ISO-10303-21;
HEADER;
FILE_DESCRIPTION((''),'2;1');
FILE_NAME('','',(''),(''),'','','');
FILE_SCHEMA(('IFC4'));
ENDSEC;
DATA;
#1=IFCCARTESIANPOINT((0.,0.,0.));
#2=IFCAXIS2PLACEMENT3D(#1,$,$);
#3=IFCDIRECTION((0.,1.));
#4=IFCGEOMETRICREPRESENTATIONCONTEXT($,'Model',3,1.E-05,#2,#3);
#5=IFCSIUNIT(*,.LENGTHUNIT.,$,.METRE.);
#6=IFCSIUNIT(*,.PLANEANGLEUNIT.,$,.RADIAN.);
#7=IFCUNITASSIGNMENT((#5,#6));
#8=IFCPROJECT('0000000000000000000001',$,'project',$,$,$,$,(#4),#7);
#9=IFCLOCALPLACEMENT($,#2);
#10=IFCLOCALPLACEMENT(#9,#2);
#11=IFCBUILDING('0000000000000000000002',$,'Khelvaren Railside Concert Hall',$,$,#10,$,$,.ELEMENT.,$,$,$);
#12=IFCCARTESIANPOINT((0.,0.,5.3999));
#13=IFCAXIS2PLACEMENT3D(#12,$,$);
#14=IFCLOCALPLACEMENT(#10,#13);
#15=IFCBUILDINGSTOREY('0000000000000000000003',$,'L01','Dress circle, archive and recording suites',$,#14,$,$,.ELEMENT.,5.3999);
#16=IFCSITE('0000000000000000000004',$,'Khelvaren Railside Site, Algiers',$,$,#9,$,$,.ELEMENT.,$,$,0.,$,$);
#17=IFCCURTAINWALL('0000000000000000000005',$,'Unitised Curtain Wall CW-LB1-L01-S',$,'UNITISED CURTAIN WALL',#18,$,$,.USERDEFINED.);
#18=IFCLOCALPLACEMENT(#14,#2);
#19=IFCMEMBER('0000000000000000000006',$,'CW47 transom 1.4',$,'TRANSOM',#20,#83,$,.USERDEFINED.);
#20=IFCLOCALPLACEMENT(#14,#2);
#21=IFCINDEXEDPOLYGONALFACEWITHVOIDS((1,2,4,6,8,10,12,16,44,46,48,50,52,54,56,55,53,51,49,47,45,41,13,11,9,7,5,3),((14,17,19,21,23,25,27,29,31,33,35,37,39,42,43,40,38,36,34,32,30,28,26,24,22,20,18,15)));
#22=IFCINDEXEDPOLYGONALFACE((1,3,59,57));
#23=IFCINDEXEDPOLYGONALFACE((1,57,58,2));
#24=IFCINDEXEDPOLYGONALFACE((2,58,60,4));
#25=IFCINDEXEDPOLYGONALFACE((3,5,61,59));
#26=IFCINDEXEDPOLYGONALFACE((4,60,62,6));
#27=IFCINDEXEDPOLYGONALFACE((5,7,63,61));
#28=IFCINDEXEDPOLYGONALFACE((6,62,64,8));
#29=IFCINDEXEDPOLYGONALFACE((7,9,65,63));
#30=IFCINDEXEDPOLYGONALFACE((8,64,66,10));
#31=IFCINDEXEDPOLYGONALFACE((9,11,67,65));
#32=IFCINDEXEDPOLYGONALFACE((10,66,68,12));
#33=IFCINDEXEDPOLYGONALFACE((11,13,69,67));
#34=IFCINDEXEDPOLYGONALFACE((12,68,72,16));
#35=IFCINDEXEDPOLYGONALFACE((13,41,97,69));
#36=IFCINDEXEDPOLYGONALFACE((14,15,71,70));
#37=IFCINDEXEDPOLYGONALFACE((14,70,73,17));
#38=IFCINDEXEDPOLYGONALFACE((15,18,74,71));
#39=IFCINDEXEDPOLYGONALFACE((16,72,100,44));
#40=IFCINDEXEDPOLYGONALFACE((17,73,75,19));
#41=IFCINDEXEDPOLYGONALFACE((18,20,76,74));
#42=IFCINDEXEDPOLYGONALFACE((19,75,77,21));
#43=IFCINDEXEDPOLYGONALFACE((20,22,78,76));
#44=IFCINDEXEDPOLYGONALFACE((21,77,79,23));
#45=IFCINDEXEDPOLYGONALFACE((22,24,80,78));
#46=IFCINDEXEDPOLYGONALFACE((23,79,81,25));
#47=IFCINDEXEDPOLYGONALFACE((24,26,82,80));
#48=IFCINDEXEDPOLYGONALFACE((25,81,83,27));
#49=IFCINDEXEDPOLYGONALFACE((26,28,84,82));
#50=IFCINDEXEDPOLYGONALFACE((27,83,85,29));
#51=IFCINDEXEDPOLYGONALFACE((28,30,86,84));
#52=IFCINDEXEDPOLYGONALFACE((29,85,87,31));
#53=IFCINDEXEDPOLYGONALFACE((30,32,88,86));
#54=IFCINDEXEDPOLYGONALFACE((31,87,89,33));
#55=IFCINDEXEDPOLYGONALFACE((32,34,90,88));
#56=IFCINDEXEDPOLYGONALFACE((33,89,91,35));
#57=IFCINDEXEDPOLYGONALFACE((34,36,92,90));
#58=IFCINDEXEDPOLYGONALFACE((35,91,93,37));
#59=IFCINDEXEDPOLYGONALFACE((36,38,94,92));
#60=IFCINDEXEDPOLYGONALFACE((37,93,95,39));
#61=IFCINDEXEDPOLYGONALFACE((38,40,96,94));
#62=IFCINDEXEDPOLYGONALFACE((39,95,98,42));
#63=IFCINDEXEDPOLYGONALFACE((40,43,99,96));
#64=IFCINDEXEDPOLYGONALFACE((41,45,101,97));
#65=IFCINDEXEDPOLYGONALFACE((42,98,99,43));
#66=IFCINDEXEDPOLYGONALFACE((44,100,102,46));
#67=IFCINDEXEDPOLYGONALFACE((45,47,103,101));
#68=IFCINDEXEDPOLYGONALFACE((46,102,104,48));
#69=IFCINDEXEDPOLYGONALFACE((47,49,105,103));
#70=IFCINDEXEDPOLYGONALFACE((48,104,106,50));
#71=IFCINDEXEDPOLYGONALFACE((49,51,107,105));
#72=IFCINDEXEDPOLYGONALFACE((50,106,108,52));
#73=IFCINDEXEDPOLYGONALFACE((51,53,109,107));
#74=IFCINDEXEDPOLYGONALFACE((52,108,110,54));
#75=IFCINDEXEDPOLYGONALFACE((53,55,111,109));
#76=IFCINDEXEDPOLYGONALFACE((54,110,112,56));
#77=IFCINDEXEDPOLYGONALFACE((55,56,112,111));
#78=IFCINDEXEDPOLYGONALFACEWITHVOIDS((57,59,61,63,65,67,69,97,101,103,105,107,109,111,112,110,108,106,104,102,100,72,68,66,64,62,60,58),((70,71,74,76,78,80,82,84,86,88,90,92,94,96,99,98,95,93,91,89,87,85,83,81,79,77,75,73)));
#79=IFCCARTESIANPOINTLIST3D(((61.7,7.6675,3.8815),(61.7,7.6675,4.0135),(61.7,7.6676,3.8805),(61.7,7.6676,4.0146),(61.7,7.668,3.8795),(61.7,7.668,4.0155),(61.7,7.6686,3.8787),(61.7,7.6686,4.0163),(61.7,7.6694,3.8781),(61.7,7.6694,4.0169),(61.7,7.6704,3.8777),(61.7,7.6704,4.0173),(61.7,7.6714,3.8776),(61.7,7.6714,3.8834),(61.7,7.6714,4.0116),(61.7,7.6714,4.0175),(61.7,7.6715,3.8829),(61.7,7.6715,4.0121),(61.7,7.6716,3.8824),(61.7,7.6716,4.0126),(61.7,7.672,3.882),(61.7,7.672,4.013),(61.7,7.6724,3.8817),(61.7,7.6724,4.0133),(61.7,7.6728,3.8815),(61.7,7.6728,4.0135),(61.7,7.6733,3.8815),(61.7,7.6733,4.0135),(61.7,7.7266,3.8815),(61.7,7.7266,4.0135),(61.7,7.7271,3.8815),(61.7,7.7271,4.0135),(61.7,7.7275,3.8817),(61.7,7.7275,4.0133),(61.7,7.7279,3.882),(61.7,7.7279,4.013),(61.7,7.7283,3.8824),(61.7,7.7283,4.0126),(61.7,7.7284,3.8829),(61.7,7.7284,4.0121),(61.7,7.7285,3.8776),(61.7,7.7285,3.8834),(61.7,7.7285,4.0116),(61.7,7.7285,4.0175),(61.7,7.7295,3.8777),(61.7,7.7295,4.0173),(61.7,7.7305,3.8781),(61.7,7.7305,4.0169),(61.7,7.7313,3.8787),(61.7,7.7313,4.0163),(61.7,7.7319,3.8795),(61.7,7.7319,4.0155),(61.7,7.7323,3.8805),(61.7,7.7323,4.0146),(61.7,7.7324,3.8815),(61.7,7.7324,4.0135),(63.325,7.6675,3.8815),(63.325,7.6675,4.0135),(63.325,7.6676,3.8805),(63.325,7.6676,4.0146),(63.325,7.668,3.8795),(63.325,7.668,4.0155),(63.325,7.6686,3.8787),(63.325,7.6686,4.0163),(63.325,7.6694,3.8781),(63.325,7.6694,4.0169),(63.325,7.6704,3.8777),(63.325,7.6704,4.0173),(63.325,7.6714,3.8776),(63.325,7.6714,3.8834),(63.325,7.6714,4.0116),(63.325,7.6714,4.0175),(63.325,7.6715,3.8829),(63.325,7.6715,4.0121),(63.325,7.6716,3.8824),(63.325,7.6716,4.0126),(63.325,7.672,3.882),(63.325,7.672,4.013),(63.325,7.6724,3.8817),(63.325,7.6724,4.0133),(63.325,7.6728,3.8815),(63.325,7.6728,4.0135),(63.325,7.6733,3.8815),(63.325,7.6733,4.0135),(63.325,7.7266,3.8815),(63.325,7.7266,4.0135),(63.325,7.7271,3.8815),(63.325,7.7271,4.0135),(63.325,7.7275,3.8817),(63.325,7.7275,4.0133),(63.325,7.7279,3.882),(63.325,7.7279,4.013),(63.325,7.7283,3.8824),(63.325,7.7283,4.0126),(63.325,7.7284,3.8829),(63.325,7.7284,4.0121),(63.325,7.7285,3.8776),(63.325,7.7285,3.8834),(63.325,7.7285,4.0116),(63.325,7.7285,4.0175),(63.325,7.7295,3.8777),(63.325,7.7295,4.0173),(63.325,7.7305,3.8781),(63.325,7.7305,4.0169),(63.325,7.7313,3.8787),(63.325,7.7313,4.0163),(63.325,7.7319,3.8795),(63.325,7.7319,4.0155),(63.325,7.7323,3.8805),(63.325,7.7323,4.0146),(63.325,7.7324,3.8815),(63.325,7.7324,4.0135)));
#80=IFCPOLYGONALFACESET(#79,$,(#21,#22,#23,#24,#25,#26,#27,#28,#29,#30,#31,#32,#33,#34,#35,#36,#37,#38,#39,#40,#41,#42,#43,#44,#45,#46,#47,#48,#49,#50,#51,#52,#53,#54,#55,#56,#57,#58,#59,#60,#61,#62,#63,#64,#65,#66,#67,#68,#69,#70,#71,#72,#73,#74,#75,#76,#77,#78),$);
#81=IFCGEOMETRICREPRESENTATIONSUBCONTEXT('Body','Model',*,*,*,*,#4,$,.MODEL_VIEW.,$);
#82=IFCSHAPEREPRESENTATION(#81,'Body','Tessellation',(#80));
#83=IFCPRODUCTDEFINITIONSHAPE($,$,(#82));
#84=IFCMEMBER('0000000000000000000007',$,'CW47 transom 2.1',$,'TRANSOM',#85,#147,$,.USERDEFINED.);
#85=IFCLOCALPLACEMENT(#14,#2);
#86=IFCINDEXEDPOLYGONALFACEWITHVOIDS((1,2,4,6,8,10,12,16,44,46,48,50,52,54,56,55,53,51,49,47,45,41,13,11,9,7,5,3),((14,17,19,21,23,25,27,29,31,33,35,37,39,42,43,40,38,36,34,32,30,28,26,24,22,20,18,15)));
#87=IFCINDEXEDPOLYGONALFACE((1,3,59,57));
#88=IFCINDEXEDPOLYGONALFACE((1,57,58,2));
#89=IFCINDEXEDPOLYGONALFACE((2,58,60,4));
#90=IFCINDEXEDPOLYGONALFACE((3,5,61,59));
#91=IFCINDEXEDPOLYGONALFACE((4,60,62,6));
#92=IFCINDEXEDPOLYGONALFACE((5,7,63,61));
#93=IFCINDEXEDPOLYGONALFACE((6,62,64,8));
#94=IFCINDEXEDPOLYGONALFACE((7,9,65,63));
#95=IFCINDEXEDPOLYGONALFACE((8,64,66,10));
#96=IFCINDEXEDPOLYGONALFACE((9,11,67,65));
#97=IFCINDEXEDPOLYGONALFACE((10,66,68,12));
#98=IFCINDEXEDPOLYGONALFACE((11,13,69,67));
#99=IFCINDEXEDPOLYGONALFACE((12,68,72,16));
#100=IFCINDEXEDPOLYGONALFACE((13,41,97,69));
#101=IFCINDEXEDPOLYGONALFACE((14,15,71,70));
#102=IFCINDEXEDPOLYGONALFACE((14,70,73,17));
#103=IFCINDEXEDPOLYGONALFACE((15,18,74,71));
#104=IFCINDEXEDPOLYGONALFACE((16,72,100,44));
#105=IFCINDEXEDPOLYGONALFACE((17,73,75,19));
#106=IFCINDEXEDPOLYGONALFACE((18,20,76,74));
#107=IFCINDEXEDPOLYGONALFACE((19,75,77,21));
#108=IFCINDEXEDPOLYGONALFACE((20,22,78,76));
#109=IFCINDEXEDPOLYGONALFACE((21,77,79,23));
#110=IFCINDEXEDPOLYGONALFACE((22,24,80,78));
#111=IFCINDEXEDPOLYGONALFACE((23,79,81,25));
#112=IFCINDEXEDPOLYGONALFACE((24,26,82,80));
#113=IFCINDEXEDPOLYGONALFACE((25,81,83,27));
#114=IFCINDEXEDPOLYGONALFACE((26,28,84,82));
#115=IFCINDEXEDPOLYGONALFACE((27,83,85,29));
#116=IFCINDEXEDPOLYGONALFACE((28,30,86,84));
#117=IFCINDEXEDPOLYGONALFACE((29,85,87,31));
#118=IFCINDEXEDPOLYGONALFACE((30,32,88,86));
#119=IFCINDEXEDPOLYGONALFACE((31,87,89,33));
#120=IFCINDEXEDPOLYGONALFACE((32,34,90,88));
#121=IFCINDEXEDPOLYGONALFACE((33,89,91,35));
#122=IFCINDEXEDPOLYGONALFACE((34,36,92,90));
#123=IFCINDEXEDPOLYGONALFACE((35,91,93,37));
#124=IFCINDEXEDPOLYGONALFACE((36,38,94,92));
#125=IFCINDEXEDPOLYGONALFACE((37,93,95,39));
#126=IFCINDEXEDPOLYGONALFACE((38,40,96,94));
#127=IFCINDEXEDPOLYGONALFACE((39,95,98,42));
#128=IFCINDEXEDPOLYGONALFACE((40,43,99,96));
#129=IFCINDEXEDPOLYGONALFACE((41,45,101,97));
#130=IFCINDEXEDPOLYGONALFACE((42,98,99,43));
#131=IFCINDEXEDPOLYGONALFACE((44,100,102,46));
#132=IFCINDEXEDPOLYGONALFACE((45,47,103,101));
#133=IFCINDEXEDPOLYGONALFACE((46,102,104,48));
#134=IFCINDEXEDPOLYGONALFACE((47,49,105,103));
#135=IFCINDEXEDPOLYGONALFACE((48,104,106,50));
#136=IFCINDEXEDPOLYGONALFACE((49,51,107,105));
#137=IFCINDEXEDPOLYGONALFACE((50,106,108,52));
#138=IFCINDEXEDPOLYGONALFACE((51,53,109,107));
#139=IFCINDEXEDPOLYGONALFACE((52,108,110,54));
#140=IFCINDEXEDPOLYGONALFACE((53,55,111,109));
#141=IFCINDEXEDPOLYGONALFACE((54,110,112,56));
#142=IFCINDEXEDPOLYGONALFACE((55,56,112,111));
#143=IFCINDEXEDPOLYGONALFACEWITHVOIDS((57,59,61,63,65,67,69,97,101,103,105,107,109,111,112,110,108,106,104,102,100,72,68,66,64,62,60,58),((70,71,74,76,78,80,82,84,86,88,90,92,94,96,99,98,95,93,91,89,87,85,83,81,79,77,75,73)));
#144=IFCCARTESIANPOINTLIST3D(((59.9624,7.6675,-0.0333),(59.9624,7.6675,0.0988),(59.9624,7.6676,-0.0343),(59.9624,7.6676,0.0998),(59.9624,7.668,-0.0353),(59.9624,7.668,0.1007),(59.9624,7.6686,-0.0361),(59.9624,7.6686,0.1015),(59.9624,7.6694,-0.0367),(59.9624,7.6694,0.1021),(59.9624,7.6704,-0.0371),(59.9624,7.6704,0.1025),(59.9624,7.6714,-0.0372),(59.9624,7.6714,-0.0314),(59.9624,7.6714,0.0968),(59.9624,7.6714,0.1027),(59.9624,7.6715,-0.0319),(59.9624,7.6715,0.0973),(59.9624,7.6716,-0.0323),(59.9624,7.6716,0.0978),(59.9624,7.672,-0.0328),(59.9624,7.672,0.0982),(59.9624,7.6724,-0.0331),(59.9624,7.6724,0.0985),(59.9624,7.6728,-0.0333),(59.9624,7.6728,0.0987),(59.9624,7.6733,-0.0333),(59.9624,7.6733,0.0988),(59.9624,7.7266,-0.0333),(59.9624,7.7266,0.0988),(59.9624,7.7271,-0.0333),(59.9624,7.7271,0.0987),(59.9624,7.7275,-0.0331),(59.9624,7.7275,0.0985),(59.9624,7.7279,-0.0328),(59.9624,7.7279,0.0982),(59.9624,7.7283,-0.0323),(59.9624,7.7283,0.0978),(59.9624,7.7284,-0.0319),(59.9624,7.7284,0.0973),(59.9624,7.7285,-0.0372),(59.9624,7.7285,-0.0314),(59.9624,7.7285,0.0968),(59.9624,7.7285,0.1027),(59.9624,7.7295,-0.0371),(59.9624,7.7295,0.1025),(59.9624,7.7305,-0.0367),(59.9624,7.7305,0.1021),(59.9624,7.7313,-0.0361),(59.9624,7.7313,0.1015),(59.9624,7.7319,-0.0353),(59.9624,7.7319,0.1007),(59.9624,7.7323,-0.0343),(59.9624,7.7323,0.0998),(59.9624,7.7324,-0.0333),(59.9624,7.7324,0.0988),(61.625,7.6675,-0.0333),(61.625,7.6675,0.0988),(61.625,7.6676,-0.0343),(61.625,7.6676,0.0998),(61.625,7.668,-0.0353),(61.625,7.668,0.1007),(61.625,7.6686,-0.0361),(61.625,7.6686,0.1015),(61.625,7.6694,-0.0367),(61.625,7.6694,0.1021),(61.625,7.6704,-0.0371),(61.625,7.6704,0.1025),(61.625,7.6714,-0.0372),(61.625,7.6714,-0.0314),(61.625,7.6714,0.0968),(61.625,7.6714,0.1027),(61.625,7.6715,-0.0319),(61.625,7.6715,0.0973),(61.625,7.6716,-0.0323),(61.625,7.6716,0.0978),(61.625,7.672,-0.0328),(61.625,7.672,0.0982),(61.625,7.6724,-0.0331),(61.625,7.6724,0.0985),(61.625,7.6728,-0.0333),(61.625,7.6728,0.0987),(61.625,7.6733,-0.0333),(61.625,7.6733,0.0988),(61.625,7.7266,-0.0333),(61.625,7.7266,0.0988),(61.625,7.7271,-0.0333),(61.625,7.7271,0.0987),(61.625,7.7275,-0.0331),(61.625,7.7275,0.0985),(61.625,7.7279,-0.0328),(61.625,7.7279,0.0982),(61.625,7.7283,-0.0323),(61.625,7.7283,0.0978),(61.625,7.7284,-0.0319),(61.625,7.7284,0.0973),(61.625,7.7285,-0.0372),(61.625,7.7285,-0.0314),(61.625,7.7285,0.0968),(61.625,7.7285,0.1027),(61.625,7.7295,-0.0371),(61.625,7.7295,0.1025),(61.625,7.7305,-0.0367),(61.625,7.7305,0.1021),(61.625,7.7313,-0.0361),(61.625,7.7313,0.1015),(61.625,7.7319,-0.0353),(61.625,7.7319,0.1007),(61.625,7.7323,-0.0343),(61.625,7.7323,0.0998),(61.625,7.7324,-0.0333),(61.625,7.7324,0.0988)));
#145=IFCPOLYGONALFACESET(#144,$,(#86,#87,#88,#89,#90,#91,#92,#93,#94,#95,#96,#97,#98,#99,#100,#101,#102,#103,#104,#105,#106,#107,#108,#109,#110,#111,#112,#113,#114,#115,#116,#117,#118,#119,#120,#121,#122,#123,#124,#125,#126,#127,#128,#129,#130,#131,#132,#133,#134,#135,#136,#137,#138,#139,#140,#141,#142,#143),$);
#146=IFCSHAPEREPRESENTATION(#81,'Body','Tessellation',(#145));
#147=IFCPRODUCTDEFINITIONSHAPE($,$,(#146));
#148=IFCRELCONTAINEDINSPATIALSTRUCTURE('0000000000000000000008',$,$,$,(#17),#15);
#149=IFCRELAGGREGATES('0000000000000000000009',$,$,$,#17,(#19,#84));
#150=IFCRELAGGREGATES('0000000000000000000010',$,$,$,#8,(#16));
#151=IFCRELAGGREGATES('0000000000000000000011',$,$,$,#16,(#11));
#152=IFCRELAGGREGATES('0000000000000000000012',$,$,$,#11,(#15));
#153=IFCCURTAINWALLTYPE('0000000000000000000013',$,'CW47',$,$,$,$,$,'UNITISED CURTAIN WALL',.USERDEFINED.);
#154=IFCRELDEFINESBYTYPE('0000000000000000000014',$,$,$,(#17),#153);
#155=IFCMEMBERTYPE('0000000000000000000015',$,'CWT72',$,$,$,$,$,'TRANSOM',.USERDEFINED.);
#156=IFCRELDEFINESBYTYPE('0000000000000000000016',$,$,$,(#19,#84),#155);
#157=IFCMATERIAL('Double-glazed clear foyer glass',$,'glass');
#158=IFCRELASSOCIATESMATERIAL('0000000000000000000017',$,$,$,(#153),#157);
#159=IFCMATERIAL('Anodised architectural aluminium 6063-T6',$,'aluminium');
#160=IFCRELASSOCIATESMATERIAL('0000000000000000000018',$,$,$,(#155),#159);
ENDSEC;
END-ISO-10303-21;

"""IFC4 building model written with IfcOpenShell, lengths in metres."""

from ifc_helpers import new_model, si_unit, direction, frame, origin, origin_2d, place, context, subcontext, project, spatial, hollow_rectangle, extrude, material, material_profile, profile_set, type_object, element, aggregate, save


model = new_model("IFC4")

# Units and contexts
model_context = context("Model", 3, precision=1e-05, world=origin(), true_north=direction((0.0, 1.0)))
body_context = subcontext(model_context, "Body", "Model", "MODEL_VIEW")
ifc_project = project(units=[si_unit("LENGTHUNIT", "METRE"), si_unit("PLANEANGLEUNIT", "RADIAN")], contexts=[model_context])

# Site, building, storey
site_placement = place(None, origin())
site = spatial("IfcSite", under=ifc_project, at=site_placement, Name="Khelvaren Railside Site, Algiers", CompositionType="ELEMENT", RefElevation=0.0)
building_placement = place(site_placement, origin())
building = spatial("IfcBuilding", under=site, at=building_placement, Name="Khelvaren Railside Concert Hall", CompositionType="ELEMENT")
storey_placement = place(building_placement, frame((0.0, 0.0, 5.3999)))
storey = spatial("IfcBuildingStorey", under=building, at=storey_placement, Name="L01", Description="Dress circle, archive and recording suites", CompositionType="ELEMENT", Elevation=5.3999)

# Curtain wall, members
ifc_material_1 = material(Name="Double-glazed clear foyer glass", Category="glass")
curtain_wall_type = type_object("IfcCurtainWallType", Name="CW47", ElementType="UNITISED CURTAIN WALL", PredefinedType="USERDEFINED", material=ifc_material_1)
curtain_wall_placement = place(storey_placement, origin())
curtain_wall = element("IfcCurtainWall", 1, at=curtain_wall_placement, inside=storey, type_object=curtain_wall_type, Name="Unitised Curtain Wall CW-LB1-L01-S", ObjectType="UNITISED CURTAIN WALL", PredefinedType="USERDEFINED")
ifc_material_2 = material(Name="Anodised architectural aluminium 6063-T6", Category="aluminium")
ifc_material_profile_1 = material_profile(ifc_material_2, hollow_rectangle(XDim=0.0649, YDim=0.1399, WallThickness=0.0039, InnerFilletRadius=0.002, OuterFilletRadius=0.0039, at=origin_2d()), Name="CWT 65x140x4")
ifc_profile_set_1 = profile_set([ifc_material_profile_1], Name="Anodised architectural aluminium 6063-T6")
member_type_1 = type_object("IfcMemberType", Name="CWT72", ElementType="TRANSOM", PredefinedType="USERDEFINED", material=ifc_profile_set_1)
member_1_placement = place(storey_placement, frame((63.325, 7.7, 3.9475), z_axis=(-1.0, 0.0, 0.0), x_axis=(0.0, -1.0, 0.0)))
member_1 = element("IfcMember", 2, at=member_1_placement, type_object=member_type_1, Name="CW47 transom 1.4", ObjectType="TRANSOM", PredefinedType="USERDEFINED", context=body_context, shape_type="SweptSolid", body=[
    extrude(hollow_rectangle(XDim=0.0649, YDim=0.1399, WallThickness=0.0039, InnerFilletRadius=0.002, OuterFilletRadius=0.0039, at=origin_2d()), origin(), (0.0, 0.0, 1.0), 1.625),
])
member_2_placement = place(storey_placement, frame((61.625, 7.7, 0.0327), z_axis=(-1.0, 0.0, 0.0), x_axis=(0.0, -1.0, 0.0)))
member_2 = element("IfcMember", 3, at=member_2_placement, type_object=member_type_1, Name="CW47 transom 2.1", ObjectType="TRANSOM", PredefinedType="USERDEFINED", context=body_context, shape_type="SweptSolid", body=[
    extrude(hollow_rectangle(XDim=0.0649, YDim=0.1399, WallThickness=0.0039, InnerFilletRadius=0.002, OuterFilletRadius=0.0039, at=origin_2d()), origin(), (0.0, 0.0, 1.0), 1.6626),
])

aggregate(curtain_wall, [member_1, member_2])

save(model, "model.ifc")
